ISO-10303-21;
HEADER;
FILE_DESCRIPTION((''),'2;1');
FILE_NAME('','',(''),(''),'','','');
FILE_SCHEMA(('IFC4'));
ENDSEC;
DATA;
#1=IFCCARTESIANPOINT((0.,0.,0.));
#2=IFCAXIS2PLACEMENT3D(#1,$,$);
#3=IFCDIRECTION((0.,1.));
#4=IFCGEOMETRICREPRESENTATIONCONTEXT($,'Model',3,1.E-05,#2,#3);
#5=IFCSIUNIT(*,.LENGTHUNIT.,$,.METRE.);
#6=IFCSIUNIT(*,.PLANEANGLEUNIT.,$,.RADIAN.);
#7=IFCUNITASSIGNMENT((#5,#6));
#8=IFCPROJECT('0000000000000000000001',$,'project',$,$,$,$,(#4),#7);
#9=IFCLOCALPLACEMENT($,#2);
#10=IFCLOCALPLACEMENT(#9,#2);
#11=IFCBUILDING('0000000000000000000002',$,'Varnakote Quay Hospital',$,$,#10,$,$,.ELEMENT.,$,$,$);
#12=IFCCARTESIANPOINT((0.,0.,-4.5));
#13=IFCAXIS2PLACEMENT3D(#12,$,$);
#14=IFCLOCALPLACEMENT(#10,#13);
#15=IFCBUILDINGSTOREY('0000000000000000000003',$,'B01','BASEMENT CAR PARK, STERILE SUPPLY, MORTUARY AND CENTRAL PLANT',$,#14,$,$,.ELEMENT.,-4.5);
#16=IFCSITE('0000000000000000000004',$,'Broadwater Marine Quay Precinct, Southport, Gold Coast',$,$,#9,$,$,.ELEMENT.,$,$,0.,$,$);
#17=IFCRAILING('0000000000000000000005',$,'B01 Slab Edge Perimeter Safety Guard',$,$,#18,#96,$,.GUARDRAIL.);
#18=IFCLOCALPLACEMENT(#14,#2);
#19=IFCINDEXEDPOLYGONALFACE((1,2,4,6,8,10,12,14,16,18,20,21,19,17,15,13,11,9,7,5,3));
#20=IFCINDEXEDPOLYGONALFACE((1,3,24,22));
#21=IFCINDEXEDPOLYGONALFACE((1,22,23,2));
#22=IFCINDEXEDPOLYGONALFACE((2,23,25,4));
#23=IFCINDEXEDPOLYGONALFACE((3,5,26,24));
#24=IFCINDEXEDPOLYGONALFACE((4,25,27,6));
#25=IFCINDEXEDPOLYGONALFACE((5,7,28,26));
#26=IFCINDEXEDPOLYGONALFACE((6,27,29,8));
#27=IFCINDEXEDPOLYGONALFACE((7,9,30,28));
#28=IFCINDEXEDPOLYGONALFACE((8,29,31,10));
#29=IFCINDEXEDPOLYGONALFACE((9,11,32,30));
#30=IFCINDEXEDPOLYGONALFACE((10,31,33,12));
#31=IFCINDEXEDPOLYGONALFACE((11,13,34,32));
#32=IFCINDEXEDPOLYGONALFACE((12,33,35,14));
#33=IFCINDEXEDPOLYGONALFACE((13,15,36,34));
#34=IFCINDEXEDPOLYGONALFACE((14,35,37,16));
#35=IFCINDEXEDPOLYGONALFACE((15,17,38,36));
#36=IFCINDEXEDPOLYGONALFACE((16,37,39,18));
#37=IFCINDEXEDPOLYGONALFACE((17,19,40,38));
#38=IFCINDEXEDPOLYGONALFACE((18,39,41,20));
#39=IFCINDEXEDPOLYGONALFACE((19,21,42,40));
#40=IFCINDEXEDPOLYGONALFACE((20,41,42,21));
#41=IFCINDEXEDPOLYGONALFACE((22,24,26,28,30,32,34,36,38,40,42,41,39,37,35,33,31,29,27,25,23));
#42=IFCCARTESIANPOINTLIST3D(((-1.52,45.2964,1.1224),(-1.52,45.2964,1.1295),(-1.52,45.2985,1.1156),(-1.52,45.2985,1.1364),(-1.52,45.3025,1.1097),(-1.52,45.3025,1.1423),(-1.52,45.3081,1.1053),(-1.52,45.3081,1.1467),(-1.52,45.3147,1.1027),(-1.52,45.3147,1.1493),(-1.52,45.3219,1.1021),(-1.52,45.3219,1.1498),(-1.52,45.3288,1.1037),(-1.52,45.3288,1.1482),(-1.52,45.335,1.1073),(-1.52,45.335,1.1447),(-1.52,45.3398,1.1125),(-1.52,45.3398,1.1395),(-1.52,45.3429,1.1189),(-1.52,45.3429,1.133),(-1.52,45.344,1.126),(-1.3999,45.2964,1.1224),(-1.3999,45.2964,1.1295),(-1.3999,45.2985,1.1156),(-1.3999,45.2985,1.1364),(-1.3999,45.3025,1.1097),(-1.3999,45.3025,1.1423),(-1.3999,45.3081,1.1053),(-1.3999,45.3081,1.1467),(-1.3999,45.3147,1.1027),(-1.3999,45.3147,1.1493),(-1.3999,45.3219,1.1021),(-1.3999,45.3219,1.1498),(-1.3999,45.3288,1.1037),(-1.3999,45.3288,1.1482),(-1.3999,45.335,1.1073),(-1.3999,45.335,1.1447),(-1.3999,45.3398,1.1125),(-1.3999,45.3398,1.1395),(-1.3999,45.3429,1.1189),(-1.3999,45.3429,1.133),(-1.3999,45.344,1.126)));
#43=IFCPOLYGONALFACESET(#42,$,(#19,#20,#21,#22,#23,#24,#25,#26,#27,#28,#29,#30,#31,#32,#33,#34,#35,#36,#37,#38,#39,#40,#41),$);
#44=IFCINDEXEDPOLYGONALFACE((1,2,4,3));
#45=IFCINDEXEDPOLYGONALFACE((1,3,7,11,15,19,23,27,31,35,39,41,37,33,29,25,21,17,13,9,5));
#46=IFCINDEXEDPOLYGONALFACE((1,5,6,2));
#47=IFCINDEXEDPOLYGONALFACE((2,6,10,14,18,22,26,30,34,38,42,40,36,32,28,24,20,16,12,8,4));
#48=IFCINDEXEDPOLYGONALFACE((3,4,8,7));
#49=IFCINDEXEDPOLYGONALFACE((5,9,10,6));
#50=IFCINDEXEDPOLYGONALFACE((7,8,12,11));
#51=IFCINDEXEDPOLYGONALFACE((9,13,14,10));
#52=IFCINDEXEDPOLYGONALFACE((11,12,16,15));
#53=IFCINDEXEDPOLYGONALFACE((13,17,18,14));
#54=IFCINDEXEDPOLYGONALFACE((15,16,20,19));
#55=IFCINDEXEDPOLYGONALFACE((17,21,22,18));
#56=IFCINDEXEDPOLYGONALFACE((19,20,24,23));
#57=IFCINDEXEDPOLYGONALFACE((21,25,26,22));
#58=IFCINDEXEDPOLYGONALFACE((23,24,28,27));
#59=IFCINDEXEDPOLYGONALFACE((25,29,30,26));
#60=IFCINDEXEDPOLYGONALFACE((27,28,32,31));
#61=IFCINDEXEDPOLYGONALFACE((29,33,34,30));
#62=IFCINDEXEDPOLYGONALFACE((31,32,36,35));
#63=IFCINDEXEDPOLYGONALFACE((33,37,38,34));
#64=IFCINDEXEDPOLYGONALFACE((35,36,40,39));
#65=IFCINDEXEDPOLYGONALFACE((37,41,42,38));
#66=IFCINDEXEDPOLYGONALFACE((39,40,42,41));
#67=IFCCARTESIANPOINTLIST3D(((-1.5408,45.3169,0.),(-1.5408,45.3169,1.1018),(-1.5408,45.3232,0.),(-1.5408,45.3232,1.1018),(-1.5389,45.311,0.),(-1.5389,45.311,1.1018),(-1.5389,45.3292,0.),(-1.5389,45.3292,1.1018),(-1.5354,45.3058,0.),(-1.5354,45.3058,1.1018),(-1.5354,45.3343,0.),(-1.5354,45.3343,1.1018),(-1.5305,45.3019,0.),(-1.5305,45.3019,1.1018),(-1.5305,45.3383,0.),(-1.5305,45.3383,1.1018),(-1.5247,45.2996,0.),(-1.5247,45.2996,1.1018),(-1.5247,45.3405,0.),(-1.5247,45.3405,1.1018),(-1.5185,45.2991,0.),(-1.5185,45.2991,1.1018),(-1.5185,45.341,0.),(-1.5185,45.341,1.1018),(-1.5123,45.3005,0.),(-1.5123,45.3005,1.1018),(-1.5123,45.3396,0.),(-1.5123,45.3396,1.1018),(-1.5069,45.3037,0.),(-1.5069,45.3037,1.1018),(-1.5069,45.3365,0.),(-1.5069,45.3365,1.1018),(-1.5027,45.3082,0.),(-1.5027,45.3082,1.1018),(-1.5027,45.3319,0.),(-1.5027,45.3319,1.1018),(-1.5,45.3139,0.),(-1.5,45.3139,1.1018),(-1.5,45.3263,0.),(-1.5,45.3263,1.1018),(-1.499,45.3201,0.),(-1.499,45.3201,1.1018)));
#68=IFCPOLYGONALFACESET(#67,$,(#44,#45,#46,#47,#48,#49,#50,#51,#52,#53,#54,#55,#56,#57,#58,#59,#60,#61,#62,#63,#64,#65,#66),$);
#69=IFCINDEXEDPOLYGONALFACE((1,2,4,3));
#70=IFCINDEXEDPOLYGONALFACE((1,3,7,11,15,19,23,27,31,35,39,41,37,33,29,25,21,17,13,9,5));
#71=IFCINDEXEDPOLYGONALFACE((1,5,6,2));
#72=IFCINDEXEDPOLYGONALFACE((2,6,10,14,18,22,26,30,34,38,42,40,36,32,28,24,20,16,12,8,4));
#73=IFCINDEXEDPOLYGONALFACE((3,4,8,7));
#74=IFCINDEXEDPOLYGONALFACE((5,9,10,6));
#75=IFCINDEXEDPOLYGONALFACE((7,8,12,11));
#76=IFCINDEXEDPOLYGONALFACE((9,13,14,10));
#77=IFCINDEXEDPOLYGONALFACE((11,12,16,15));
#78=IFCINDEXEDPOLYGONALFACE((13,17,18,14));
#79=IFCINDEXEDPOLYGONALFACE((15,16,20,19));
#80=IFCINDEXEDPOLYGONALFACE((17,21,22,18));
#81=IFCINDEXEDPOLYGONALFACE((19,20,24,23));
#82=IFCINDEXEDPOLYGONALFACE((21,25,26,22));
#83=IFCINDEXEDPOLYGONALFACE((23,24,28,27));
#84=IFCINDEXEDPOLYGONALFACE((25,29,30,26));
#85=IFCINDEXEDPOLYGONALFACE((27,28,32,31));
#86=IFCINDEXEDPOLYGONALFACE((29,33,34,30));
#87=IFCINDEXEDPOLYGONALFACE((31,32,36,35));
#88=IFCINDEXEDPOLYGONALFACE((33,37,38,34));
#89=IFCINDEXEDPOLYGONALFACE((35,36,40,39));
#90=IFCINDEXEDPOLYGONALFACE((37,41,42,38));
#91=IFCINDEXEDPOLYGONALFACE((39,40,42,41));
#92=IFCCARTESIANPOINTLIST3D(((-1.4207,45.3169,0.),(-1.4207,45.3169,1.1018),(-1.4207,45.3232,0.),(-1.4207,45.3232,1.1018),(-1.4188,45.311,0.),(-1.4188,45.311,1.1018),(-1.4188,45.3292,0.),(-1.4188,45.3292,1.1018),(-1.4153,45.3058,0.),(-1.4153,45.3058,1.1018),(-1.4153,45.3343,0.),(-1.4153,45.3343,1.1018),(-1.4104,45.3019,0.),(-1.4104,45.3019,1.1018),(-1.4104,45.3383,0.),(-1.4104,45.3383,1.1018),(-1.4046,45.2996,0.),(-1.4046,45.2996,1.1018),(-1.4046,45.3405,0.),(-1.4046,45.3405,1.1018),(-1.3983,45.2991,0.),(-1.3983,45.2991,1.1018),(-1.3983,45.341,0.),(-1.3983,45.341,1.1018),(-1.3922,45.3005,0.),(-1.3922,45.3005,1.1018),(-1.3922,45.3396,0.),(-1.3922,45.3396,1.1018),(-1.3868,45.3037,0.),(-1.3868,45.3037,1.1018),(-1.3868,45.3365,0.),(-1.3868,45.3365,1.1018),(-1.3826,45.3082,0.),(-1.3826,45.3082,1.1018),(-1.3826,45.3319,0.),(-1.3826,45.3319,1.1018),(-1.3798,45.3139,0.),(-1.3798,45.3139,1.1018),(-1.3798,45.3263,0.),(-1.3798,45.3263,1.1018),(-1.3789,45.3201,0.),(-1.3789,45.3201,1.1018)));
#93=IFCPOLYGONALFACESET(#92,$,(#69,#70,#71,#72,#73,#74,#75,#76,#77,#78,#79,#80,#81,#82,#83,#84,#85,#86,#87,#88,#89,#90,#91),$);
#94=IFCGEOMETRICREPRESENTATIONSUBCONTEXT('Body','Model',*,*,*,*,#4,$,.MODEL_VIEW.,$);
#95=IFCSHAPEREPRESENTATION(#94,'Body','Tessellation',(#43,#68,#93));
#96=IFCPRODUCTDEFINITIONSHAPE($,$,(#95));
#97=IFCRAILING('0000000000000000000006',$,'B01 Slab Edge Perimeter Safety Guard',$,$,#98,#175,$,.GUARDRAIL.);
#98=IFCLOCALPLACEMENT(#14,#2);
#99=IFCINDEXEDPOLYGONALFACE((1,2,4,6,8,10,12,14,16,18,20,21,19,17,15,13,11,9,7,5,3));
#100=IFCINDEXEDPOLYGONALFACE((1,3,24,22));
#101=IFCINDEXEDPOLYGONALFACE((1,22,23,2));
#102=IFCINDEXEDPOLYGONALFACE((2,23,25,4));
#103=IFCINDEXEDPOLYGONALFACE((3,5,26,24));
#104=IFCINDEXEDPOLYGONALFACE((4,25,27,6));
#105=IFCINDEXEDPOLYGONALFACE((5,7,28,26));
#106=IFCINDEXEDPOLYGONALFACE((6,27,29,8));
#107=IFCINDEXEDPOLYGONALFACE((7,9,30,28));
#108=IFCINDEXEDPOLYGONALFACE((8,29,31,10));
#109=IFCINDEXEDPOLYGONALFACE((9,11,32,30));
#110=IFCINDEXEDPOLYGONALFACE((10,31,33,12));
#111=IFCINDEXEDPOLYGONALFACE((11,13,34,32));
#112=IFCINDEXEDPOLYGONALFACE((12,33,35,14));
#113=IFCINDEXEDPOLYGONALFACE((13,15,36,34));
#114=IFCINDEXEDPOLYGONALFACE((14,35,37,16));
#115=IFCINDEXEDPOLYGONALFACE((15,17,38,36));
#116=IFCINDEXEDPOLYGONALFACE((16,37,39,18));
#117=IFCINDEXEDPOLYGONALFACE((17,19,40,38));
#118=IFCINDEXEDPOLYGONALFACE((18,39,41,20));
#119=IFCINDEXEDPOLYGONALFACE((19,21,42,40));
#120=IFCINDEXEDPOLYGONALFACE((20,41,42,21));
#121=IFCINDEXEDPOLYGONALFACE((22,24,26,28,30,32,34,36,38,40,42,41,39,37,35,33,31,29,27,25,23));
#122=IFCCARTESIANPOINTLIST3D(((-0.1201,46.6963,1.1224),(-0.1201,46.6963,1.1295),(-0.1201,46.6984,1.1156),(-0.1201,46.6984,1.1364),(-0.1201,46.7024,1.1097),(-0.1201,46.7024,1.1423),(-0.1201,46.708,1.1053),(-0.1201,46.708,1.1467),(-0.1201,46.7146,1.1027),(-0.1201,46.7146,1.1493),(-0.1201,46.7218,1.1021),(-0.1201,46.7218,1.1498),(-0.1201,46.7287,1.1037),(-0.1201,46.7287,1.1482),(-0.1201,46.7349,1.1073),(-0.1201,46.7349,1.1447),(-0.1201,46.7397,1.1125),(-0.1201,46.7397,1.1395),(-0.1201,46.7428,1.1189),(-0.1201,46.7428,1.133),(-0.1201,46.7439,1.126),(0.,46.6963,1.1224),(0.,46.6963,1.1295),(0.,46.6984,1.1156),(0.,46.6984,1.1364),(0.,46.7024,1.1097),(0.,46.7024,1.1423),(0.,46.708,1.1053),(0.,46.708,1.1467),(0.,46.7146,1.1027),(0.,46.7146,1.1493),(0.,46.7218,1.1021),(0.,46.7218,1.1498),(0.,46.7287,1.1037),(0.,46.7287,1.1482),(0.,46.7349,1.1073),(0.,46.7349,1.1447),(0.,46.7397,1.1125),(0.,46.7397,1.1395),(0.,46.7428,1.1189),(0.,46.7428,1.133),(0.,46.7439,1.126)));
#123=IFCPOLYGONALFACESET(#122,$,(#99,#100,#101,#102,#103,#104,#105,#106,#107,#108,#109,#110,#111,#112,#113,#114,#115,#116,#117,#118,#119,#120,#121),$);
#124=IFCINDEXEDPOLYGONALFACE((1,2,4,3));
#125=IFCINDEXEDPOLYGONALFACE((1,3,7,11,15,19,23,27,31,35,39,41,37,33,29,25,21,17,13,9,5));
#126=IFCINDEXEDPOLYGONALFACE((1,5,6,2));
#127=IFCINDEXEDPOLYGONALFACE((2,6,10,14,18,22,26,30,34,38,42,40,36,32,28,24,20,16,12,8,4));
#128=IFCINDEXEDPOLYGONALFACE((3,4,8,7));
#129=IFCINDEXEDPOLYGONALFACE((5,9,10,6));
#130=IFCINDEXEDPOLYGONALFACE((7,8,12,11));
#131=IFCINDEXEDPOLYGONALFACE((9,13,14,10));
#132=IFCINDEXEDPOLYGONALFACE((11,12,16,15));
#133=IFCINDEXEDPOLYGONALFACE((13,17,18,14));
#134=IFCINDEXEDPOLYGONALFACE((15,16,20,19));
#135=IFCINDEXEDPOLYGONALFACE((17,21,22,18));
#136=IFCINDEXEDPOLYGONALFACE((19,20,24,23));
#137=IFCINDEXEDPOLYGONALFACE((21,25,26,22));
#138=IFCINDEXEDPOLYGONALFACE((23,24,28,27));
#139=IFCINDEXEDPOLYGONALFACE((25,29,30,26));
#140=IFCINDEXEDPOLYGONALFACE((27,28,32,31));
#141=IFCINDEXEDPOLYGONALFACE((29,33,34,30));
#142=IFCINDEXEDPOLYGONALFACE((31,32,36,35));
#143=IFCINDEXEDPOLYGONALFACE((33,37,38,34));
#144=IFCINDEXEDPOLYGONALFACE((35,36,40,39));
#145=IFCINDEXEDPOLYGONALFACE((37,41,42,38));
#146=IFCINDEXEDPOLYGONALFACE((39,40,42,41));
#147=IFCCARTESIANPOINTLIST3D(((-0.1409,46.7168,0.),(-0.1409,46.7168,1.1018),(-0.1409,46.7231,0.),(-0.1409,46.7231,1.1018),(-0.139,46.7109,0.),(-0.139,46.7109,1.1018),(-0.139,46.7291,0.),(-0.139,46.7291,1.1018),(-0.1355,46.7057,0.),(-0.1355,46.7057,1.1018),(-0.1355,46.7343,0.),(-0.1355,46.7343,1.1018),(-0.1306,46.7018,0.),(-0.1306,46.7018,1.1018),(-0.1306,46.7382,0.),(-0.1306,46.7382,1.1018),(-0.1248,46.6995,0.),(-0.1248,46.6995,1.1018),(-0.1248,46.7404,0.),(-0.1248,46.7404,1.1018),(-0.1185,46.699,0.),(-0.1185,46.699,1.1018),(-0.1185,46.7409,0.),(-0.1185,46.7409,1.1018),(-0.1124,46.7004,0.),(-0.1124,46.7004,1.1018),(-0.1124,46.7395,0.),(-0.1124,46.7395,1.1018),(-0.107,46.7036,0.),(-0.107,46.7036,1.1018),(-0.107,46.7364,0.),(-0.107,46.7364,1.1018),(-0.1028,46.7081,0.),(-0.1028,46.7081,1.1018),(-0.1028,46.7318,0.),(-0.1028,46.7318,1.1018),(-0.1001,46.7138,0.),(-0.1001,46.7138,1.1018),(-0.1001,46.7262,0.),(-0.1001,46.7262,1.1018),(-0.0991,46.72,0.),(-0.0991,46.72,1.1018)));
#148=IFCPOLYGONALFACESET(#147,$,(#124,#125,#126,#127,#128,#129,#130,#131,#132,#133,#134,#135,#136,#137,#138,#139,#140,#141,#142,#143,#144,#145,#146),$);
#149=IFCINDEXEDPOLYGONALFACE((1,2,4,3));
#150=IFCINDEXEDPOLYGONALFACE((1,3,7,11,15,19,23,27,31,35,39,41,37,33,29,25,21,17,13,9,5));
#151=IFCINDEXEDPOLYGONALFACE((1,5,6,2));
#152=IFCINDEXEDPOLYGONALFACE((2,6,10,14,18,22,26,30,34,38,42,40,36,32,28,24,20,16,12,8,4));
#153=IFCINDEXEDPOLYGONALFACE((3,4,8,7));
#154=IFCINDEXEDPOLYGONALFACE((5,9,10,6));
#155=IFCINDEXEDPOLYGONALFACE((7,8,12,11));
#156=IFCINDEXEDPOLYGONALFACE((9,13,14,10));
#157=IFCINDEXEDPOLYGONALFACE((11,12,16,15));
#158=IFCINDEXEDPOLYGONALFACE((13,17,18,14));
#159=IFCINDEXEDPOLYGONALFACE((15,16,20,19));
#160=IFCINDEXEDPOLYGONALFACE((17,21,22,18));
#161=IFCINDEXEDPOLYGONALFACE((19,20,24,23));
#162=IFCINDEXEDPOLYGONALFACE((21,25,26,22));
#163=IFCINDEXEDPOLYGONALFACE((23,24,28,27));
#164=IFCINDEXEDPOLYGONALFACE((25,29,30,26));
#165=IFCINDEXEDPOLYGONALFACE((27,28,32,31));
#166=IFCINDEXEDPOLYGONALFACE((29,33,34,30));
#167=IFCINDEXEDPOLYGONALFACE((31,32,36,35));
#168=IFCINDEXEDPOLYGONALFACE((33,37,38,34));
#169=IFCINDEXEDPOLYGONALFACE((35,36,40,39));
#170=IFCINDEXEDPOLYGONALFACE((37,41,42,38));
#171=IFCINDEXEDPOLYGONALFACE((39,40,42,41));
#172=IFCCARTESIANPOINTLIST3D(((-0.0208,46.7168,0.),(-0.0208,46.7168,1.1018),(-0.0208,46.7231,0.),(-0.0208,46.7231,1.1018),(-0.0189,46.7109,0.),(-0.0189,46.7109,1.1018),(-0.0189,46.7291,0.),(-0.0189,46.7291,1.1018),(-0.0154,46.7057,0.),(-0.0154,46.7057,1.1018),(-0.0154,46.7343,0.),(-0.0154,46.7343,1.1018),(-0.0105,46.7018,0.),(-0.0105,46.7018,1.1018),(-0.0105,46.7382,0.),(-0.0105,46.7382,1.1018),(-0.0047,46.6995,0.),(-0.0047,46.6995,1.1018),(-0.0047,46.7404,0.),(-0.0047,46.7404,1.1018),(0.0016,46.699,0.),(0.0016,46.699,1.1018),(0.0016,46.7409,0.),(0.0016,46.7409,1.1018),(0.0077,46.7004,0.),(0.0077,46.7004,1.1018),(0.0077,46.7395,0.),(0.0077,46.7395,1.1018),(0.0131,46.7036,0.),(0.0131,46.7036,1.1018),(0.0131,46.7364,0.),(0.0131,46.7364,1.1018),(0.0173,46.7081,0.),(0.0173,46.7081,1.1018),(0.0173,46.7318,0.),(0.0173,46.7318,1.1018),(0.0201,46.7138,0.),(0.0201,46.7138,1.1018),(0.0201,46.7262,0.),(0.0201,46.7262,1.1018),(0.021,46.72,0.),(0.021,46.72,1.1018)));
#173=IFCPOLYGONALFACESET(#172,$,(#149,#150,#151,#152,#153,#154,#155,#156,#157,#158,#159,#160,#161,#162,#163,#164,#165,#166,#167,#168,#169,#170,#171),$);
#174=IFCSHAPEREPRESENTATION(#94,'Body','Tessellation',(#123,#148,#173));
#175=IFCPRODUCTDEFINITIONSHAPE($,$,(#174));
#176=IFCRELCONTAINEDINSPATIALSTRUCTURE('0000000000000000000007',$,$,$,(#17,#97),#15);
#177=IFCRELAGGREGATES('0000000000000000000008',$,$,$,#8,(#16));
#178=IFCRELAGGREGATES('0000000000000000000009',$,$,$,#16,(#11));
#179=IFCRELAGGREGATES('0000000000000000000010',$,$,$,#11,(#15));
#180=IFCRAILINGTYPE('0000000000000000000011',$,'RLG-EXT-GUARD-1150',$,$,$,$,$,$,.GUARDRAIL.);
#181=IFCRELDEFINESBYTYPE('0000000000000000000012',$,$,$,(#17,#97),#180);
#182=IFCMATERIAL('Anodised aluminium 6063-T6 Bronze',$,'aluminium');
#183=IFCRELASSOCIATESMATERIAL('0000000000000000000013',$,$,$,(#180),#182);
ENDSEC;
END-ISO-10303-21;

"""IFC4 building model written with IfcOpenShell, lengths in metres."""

from ifc_helpers import new_model, si_unit, direction, frame, origin, origin_2d, place, context, subcontext, project, spatial, circle, extrude, material, type_object, element, save


model = new_model("IFC4")

# Units and contexts
model_context = context("Model", 3, precision=1e-05, world=origin(), true_north=direction((0.0, 1.0)))
body_context = subcontext(model_context, "Body", "Model", "MODEL_VIEW")
ifc_project = project(units=[si_unit("LENGTHUNIT", "METRE"), si_unit("PLANEANGLEUNIT", "RADIAN")], contexts=[model_context])

# Site, building, storey
site_placement = place(None, origin())
site = spatial("IfcSite", under=ifc_project, at=site_placement, Name="Broadwater Marine Quay Precinct, Southport, Gold Coast", CompositionType="ELEMENT", RefElevation=0.0)
building_placement = place(site_placement, origin())
building = spatial("IfcBuilding", under=site, at=building_placement, Name="Varnakote Quay Hospital", CompositionType="ELEMENT")
storey_placement = place(building_placement, frame((0.0, 0.0, -4.5)))
storey = spatial("IfcBuildingStorey", under=building, at=storey_placement, Name="B01", Description="BASEMENT CAR PARK, STERILE SUPPLY, MORTUARY AND CENTRAL PLANT", CompositionType="ELEMENT", Elevation=-4.5)

# Railings
ifc_material_1 = material(Name="Anodised aluminium 6063-T6 Bronze", Category="aluminium")
railing_type = type_object("IfcRailingType", Name="RLG-EXT-GUARD-1150", PredefinedType="GUARDRAIL", material=ifc_material_1)
for number, where, name in (
    (1, (-1.52, 45.3201, 0.0), "B01 Slab Edge Perimeter Safety Guard"),
    (2, (-0.1201, 46.72, 0.0), "B01 Slab Edge Perimeter Safety Guard"),
):
    element("IfcRailing", number, at=place(storey_placement, frame(where)), inside=storey, type_object=railing_type, Name=name, PredefinedType="GUARDRAIL", context=body_context, shape_type="SweptSolid", body=[
        extrude(circle(Radius=0.0239, at=origin_2d()), frame((0.0, 0.0, 1.126), z_axis=(1.0, 0.0, 0.0), x_axis=(0.0, 1.0, 0.0)), (0.0, 0.0, 1.0), 0.1201),
        extrude(circle(Radius=0.021, at=origin_2d()), origin(), (0.0, 0.0, 1.0), 1.1018),
        extrude(circle(Radius=0.021, at=origin_2d()), frame((0.1201, 0.0, 0.0)), (0.0, 0.0, 1.0), 1.1018),
    ])

save(model, "model.ifc")
